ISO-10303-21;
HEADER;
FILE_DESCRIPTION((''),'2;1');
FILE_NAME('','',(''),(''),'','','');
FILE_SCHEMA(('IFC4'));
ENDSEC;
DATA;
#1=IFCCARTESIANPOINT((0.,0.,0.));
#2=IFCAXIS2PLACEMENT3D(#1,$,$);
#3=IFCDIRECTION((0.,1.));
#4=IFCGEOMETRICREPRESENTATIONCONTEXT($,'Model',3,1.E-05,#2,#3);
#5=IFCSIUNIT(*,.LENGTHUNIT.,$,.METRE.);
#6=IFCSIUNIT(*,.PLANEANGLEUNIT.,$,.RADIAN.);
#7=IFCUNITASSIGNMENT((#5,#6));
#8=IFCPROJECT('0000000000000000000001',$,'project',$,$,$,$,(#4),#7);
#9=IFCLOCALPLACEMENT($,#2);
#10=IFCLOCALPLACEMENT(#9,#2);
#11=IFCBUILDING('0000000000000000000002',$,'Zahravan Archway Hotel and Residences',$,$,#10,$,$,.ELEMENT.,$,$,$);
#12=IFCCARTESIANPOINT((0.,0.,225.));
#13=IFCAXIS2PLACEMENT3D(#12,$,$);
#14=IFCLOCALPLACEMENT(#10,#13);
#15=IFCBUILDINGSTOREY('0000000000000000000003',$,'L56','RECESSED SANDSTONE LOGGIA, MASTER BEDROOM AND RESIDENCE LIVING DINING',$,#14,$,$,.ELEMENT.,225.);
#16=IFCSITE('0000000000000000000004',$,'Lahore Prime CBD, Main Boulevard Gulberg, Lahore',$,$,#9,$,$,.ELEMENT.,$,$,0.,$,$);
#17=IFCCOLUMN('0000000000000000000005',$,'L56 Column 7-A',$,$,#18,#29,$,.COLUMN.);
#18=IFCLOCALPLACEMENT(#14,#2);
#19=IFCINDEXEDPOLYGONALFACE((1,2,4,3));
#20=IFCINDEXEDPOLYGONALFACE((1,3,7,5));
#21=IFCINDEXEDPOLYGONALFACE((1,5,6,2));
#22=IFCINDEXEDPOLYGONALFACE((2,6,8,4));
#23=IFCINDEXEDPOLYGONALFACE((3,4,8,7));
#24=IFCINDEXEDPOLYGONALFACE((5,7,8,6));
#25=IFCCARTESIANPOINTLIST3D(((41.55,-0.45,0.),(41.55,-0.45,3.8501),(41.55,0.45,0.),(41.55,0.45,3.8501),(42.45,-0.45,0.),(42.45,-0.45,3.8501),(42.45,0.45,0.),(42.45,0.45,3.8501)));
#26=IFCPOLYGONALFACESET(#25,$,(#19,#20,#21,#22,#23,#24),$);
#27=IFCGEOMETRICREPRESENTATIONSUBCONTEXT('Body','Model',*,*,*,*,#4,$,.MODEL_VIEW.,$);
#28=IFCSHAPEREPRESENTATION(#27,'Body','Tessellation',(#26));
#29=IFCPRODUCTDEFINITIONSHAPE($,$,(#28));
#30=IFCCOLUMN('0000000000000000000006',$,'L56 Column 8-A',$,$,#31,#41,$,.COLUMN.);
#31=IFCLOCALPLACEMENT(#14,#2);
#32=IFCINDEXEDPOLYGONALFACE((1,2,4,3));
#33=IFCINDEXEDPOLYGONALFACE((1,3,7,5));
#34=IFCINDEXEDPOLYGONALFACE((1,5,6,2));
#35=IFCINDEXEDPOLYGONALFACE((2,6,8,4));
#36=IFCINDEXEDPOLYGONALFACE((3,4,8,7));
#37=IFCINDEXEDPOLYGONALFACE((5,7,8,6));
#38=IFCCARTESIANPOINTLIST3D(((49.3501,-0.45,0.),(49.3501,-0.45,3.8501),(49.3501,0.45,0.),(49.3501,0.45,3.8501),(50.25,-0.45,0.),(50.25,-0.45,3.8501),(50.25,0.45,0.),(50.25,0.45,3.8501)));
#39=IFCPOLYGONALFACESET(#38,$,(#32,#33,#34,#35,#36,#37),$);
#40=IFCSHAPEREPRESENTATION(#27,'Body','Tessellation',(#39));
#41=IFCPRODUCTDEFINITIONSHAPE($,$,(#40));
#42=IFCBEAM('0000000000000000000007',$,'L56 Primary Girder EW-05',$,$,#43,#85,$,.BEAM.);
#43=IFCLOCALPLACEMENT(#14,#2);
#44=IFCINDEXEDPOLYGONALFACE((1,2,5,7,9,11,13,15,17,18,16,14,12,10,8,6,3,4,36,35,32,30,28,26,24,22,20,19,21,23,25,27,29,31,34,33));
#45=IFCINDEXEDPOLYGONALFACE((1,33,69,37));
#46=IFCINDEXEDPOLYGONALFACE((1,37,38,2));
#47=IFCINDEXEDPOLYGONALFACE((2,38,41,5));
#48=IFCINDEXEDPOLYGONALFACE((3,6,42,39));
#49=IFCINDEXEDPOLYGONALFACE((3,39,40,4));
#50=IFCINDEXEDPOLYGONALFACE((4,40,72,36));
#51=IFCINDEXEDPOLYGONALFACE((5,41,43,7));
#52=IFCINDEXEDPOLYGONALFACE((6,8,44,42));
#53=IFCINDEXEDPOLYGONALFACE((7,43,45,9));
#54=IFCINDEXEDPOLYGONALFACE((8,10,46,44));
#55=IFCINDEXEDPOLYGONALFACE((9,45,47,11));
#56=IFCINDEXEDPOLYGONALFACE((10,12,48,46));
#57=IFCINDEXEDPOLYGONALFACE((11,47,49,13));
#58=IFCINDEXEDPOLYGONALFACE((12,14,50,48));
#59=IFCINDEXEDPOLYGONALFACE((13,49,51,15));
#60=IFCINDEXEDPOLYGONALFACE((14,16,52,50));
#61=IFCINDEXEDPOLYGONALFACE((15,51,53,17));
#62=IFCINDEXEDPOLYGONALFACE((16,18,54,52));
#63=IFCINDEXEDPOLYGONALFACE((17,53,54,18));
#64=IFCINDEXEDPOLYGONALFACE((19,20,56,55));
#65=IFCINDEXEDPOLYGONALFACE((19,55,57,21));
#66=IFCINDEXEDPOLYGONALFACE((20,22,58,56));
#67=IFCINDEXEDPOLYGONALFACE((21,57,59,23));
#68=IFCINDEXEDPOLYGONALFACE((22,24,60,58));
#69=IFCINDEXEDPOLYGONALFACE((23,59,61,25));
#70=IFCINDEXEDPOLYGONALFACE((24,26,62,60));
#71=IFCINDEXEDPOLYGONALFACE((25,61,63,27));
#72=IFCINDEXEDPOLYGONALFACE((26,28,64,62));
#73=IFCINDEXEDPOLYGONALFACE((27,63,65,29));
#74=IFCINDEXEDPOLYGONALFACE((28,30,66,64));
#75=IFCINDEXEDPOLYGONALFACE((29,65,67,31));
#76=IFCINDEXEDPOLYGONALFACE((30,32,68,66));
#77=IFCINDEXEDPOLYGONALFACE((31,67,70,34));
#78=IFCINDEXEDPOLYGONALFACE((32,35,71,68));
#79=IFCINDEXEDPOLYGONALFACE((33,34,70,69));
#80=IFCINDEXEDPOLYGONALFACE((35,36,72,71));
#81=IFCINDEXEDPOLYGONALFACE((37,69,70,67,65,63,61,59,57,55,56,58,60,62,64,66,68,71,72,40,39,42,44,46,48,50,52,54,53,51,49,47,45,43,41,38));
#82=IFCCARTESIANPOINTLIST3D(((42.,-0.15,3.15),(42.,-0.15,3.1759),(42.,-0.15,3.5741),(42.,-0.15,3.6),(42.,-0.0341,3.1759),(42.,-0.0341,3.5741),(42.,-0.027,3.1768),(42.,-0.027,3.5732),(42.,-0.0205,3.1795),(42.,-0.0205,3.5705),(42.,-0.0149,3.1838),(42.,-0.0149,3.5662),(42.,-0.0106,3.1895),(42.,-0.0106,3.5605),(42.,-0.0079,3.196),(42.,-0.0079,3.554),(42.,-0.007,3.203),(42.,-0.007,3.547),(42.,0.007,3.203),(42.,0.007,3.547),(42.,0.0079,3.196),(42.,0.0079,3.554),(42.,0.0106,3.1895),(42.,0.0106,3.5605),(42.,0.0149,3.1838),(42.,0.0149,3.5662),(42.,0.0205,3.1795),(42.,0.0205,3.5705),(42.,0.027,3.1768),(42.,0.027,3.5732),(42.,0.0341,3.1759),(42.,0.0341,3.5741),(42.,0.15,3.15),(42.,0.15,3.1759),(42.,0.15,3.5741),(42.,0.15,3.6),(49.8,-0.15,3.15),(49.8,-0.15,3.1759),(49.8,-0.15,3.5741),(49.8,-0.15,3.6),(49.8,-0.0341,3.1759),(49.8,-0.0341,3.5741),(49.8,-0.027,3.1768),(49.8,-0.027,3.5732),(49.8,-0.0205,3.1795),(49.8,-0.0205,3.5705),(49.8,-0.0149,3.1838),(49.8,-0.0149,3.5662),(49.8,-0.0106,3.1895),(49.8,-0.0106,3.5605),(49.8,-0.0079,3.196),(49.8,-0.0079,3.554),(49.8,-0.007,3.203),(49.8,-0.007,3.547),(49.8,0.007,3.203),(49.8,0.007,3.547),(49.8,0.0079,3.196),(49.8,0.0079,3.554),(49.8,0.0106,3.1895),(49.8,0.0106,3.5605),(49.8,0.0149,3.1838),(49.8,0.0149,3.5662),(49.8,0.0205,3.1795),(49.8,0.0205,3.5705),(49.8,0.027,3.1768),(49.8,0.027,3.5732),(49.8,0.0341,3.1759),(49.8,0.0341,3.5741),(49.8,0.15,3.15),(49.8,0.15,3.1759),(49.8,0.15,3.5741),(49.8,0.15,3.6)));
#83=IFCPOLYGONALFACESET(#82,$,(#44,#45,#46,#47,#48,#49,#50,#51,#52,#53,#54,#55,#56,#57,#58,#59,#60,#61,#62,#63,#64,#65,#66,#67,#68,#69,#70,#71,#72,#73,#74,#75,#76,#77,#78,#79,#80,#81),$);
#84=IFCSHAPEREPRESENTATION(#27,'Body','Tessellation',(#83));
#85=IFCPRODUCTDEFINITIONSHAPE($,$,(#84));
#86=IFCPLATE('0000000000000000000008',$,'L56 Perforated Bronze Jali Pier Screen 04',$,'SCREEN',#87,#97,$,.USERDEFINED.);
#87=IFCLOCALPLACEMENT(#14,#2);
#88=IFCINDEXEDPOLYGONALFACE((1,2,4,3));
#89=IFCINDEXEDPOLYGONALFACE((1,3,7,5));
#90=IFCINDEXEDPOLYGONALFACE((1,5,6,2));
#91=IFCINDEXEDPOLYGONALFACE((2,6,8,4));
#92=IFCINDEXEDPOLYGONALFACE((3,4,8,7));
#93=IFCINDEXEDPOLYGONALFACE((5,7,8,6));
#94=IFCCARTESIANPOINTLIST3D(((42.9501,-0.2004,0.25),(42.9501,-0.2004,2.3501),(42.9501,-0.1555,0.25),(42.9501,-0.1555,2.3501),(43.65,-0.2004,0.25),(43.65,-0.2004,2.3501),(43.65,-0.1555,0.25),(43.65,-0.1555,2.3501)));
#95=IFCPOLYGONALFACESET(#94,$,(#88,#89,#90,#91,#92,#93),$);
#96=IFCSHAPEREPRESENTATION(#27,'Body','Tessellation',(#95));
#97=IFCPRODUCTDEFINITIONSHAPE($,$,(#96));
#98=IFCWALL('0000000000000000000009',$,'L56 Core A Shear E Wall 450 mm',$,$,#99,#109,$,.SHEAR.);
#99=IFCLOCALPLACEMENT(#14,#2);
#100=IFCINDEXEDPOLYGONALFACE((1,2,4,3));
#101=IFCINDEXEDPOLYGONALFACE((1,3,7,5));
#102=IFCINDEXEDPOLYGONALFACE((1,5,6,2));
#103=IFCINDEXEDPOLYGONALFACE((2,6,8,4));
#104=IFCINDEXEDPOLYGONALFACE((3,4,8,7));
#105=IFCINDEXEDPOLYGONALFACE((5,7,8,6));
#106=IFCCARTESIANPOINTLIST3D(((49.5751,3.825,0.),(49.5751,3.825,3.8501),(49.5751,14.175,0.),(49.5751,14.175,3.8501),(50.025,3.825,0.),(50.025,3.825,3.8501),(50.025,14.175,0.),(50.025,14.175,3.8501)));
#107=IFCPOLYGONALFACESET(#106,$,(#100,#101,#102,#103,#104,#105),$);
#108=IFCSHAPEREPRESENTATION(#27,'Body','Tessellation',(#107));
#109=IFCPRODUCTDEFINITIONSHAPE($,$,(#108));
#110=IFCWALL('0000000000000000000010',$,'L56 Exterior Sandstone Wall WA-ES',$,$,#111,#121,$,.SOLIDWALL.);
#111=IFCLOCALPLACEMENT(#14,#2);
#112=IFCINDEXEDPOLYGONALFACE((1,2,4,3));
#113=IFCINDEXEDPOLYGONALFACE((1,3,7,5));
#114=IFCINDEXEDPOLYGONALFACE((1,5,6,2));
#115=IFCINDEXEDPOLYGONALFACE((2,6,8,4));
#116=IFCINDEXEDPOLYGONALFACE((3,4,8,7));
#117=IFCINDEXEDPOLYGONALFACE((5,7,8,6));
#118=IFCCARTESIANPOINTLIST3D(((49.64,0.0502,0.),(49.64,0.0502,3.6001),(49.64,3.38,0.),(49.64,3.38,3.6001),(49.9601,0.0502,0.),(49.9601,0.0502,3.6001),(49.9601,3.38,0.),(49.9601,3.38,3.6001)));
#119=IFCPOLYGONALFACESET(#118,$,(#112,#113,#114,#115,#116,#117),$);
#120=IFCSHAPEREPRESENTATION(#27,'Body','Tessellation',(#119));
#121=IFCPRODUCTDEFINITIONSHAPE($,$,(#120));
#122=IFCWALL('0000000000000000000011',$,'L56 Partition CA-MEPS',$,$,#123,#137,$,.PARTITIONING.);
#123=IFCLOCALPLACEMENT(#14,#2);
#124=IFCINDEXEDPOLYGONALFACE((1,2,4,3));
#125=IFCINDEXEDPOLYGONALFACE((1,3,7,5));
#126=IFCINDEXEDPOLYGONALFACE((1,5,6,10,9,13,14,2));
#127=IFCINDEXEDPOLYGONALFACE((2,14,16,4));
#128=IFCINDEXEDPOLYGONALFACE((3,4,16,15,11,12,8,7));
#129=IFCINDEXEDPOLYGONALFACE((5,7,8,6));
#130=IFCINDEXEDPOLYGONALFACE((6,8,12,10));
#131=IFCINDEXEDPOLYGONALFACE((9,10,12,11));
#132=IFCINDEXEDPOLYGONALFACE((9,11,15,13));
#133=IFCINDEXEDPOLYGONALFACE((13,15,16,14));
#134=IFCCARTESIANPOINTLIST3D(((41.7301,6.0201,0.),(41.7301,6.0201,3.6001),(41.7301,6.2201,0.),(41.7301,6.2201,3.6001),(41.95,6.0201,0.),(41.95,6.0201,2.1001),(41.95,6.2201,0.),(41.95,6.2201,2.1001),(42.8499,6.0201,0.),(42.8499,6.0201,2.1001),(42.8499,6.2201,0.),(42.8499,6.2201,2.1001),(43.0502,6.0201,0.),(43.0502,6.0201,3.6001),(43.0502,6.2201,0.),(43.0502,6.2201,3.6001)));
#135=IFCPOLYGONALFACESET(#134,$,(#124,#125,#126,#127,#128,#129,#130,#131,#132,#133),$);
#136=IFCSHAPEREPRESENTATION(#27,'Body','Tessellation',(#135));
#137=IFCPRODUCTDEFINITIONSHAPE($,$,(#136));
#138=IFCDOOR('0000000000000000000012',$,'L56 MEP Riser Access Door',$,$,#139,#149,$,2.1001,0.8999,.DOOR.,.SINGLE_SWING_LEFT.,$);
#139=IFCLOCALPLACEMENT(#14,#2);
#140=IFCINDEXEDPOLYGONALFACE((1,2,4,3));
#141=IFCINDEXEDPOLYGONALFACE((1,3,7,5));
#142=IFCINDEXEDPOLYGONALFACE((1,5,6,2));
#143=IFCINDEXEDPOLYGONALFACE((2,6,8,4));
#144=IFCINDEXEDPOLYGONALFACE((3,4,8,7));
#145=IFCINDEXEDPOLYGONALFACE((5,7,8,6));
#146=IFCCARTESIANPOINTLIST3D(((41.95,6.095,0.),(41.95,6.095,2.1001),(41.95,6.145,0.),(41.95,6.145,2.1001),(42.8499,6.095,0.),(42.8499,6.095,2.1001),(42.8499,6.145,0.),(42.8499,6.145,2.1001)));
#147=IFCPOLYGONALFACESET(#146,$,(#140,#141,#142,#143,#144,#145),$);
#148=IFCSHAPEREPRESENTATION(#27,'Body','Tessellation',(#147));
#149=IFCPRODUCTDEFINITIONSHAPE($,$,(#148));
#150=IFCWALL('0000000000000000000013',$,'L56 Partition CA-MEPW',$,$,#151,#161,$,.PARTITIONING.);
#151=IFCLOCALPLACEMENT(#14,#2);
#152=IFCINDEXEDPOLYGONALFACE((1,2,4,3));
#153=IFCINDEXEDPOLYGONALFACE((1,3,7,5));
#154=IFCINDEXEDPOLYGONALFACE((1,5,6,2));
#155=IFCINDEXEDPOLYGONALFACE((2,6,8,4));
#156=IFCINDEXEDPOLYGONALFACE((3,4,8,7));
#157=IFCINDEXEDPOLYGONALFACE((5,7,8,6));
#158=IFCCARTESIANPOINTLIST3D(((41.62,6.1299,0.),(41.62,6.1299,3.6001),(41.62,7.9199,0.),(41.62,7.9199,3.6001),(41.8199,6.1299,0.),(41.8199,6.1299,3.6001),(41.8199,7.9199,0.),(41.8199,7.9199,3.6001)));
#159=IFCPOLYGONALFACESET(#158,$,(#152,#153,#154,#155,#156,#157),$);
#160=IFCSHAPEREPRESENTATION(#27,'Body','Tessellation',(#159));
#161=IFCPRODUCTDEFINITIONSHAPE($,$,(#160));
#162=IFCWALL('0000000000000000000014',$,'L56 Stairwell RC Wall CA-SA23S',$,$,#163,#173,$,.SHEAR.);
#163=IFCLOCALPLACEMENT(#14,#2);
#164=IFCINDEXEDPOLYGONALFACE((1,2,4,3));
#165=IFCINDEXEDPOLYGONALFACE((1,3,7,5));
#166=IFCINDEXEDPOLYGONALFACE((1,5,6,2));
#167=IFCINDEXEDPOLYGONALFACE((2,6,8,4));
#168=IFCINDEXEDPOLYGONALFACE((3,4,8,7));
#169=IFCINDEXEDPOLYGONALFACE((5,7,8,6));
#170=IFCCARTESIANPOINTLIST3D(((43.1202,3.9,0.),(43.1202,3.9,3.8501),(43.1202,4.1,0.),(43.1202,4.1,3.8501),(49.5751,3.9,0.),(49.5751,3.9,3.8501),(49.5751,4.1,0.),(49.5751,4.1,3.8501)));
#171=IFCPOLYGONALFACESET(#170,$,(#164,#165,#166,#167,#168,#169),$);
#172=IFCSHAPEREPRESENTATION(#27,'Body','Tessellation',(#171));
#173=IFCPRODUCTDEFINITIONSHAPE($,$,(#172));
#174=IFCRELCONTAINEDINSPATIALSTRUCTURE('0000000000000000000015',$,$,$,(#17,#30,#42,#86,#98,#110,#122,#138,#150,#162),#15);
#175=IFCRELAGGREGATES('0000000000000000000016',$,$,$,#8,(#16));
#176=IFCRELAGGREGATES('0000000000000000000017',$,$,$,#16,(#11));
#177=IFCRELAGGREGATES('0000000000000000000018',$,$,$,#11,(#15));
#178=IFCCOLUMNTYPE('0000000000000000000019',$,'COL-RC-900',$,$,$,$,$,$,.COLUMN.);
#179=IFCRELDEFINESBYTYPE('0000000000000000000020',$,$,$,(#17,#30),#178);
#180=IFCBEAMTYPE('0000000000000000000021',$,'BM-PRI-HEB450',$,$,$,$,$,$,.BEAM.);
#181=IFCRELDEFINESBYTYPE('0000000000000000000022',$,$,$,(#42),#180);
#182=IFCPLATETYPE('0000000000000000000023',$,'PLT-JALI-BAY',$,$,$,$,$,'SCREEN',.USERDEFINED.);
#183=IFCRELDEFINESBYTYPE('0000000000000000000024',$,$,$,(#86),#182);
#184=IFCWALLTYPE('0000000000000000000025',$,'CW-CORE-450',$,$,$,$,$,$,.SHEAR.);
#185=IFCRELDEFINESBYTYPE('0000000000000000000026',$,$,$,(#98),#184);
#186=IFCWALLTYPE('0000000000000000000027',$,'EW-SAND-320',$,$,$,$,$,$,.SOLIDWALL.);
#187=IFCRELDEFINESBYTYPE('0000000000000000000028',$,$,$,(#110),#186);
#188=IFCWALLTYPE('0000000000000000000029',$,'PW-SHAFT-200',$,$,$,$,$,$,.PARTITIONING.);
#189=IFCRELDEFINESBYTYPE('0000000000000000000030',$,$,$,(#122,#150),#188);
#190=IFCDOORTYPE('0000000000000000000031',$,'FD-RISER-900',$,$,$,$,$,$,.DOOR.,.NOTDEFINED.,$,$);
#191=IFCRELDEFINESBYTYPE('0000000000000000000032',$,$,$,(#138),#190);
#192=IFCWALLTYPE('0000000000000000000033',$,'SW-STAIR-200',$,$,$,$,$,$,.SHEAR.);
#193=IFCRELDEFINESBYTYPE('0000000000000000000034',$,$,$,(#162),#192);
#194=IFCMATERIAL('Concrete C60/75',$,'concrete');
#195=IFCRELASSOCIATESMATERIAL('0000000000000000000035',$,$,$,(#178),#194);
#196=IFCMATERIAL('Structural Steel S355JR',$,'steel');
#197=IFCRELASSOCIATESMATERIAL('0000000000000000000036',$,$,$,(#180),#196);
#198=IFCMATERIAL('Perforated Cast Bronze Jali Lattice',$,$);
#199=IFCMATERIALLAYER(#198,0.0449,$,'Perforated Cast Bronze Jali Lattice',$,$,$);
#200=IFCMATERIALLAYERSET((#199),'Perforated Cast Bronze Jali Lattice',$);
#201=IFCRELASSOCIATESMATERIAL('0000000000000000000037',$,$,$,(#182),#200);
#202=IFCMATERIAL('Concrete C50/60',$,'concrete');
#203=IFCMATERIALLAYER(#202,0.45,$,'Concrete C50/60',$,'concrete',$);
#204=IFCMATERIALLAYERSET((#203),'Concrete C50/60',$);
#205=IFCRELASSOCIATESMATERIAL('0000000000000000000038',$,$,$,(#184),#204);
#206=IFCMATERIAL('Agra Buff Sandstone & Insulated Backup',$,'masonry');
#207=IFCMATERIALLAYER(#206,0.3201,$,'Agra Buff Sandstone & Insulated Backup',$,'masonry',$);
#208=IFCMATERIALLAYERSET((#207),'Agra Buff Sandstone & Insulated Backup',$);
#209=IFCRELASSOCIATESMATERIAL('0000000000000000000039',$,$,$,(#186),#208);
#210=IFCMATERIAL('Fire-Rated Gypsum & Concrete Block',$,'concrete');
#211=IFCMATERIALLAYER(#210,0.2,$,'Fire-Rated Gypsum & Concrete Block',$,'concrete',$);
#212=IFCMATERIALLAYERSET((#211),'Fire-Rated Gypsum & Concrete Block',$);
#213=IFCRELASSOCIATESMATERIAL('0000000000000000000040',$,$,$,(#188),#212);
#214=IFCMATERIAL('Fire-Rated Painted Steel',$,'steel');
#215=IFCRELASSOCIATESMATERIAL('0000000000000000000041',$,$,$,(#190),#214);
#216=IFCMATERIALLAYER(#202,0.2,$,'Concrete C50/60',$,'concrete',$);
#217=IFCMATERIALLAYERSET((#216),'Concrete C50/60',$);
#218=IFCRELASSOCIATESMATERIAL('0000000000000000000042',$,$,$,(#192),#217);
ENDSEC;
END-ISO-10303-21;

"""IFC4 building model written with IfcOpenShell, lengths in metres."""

from ifc_helpers import new_model, si_unit, direction, frame, frame_2d, origin, origin_2d, place, context, subcontext, project, spatial, rectangle, i_section, extrude, source, transform, mapped, material, layer, layer_set, material_profile, profile_set, type_object, type_shapes, element, fill, save


model = new_model("IFC4")

# Units and contexts
model_context = context("Model", 3, precision=1e-05, world=origin(), true_north=direction((0.0, 1.0)))
body_context = subcontext(model_context, "Body", "Model", "MODEL_VIEW")
ifc_project = project(units=[si_unit("LENGTHUNIT", "METRE"), si_unit("PLANEANGLEUNIT", "RADIAN")], contexts=[model_context])

# Site, building, storey
site_placement = place(None, origin())
site = spatial("IfcSite", under=ifc_project, at=site_placement, Name="Lahore Prime CBD, Main Boulevard Gulberg, Lahore", CompositionType="ELEMENT", RefElevation=0.0)
building_placement = place(site_placement, origin())
building = spatial("IfcBuilding", under=site, at=building_placement, Name="Zahravan Archway Hotel and Residences", CompositionType="ELEMENT")
storey_placement = place(building_placement, frame((0.0, 0.0, 225.0)))
storey = spatial("IfcBuildingStorey", under=building, at=storey_placement, Name="L56", Description="RECESSED SANDSTONE LOGGIA, MASTER BEDROOM AND RESIDENCE LIVING DINING", CompositionType="ELEMENT", Elevation=225.0)

# Columns
ifc_material_1 = material(Name="Concrete C60/75", Category="concrete")
ifc_material_profile_1 = material_profile(ifc_material_1, rectangle(XDim=0.8999, YDim=0.8999, at=origin_2d()), Name="RC-COL-900x900", Category="concrete")
ifc_profile_set_1 = profile_set([ifc_material_profile_1], Name="Concrete C60/75")
column_type = type_object("IfcColumnType", Name="COL-RC-900", PredefinedType="COLUMN", material=ifc_profile_set_1)
shared_shape_1 = source(origin(), body_context, "Body", "SweptSolid", [
    extrude(rectangle(XDim=0.8999, YDim=0.8999, at=origin_2d()), origin(), (0.0, 0.0, 1.0), 3.8501),
])
type_shapes(column_type, [shared_shape_1])
for number, where, z_axis, x_axis, name in (
    (1, (42.0, 0.0, 0.0), (0.0, 0.0, 1.0), (1.0, 0.0, 0.0), "L56 Column 7-A"),
    (2, (49.8, 0.0, 0.0), (0.0, 0.0, 1.0), (1.0, 0.0, 0.0), "L56 Column 8-A"),
):
    element("IfcColumn", number, at=place(storey_placement, frame(where, z_axis=z_axis, x_axis=x_axis)), inside=storey, type_object=column_type, Name=name, PredefinedType="COLUMN", context=body_context, shape_type="MappedRepresentation", body=[
        mapped(shared_shape_1, transform((0.0, 0.0, 0.0), scale=1.0)),
    ])

# Beam
ifc_material_2 = material(Name="Structural Steel S355JR", Category="steel")
ifc_material_profile_2 = material_profile(ifc_material_2, i_section(OverallWidth=0.3, OverallDepth=0.45, WebThickness=0.0139, FlangeThickness=0.0259, FilletRadius=0.0271, at=origin_2d()), Name="HEB 450", Category="steel")
ifc_profile_set_2 = profile_set([ifc_material_profile_2], Name="Structural Steel S355JR")
beam_type = type_object("IfcBeamType", Name="BM-PRI-HEB450", PredefinedType="BEAM", material=ifc_profile_set_2)
shared_shape_2 = source(origin(), body_context, "Body", "SweptSolid", [
    extrude(i_section(OverallWidth=0.3, OverallDepth=0.45, WebThickness=0.0139, FlangeThickness=0.0259, FilletRadius=0.0271, at=origin_2d()), origin(), (0.0, 0.0, 1.0), 7.8),
])
beam_placement = place(storey_placement, frame((42.0, 0.0, 3.375), z_axis=(1.0, 0.0, 0.0), x_axis=(0.0, 1.0, 0.0)))
element("IfcBeam", 3, at=beam_placement, inside=storey, type_object=beam_type, Name="L56 Primary Girder EW-05", PredefinedType="BEAM", context=body_context, shape_type="MappedRepresentation", body=[
    mapped(shared_shape_2, transform((0.0, 0.0, 0.0), scale=1.0)),
])

# Plate
ifc_material_3 = material(Name="Perforated Cast Bronze Jali Lattice")
ifc_layer_1 = layer(ifc_material_3, 0.0449, Name="Perforated Cast Bronze Jali Lattice")
ifc_layer_set_1 = layer_set([ifc_layer_1], Name="Perforated Cast Bronze Jali Lattice")
plate_type = type_object("IfcPlateType", Name="PLT-JALI-BAY", ElementType="SCREEN", PredefinedType="USERDEFINED", material=ifc_layer_set_1)
shared_shape_3 = source(origin(), body_context, "Body", "SweptSolid", [
    extrude(rectangle(XDim=0.7, YDim=0.0449, at=origin_2d()), origin(), (0.0, 0.0, 1.0), 2.1001),
])
type_shapes(plate_type, [shared_shape_3])
plate_placement = place(storey_placement, frame((43.3, -0.178, 0.25), z_axis=(0.0, 0.0, 1.0), x_axis=(1.0, 0.0, 0.0)))
element("IfcPlate", 4, at=plate_placement, inside=storey, type_object=plate_type, Name="L56 Perforated Bronze Jali Pier Screen 04", ObjectType="SCREEN", PredefinedType="USERDEFINED", context=body_context, shape_type="MappedRepresentation", body=[
    mapped(shared_shape_3, transform((0.0, 0.0, 0.0), scale=1.0)),
])

# Walls
ifc_material_4 = material(Name="Concrete C50/60", Category="concrete")
ifc_layer_2 = layer(ifc_material_4, 0.45, Name="Concrete C50/60", Category="concrete")
ifc_layer_set_2 = layer_set([ifc_layer_2], Name="Concrete C50/60")
wall_type_1 = type_object("IfcWallType", Name="CW-CORE-450", PredefinedType="SHEAR", material=ifc_layer_set_2)
wall_1_placement = place(storey_placement, frame((49.8, 3.825, 0.0), z_axis=(0.0, 0.0, 1.0), x_axis=(0.0, 1.0, 0.0)))
element("IfcWall", 5, at=wall_1_placement, inside=storey, type_object=wall_type_1, Name="L56 Core A Shear E Wall 450 mm", PredefinedType="SHEAR", context=body_context, shape_type="SweptSolid", body=[
    extrude(rectangle(XDim=10.3501, YDim=0.45, at=frame_2d((5.175, 0.0))), origin(), (0.0, 0.0, 1.0), 3.8501),
])
ifc_material_5 = material(Name="Agra Buff Sandstone & Insulated Backup", Category="masonry")
ifc_layer_3 = layer(ifc_material_5, 0.3201, Name="Agra Buff Sandstone & Insulated Backup", Category="masonry")
ifc_layer_set_3 = layer_set([ifc_layer_3], Name="Agra Buff Sandstone & Insulated Backup")
wall_type_2 = type_object("IfcWallType", Name="EW-SAND-320", PredefinedType="SOLIDWALL", material=ifc_layer_set_3)
wall_2_placement = place(storey_placement, frame((49.8, 0.05, 0.0), z_axis=(0.0, 0.0, 1.0), x_axis=(0.0, 1.0, 0.0)))
element("IfcWall", 6, at=wall_2_placement, inside=storey, type_object=wall_type_2, Name="L56 Exterior Sandstone Wall WA-ES", PredefinedType="SOLIDWALL", context=body_context, shape_type="SweptSolid", body=[
    extrude(rectangle(XDim=3.3298, YDim=0.3201, at=frame_2d((1.665, 0.0))), origin(), (0.0, 0.0, 1.0), 3.6001),
])

# Wall, opening, door
ifc_material_6 = material(Name="Fire-Rated Gypsum & Concrete Block", Category="concrete")
ifc_layer_4 = layer(ifc_material_6, 0.2, Name="Fire-Rated Gypsum & Concrete Block", Category="concrete")
ifc_layer_set_4 = layer_set([ifc_layer_4], Name="Fire-Rated Gypsum & Concrete Block")
wall_type_3 = type_object("IfcWallType", Name="PW-SHAFT-200", PredefinedType="PARTITIONING", material=ifc_layer_set_4)
wall_3_placement = place(storey_placement, frame((41.73, 6.1201, 0.0), z_axis=(0.0, 0.0, 1.0), x_axis=(1.0, 0.0, 0.0)))
wall_3 = element("IfcWall", 7, at=wall_3_placement, inside=storey, type_object=wall_type_3, Name="L56 Partition CA-MEPS", PredefinedType="PARTITIONING", context=body_context, shape_type="SweptSolid", body=[
    extrude(rectangle(XDim=1.3201, YDim=0.2, at=frame_2d((0.6602, 0.0))), origin(), (0.0, 0.0, 1.0), 3.6001),
])
opening_placement = place(wall_3_placement, frame((0.22, 0.0, 0.0)))
opening = element("IfcOpeningElement", 8, at=opening_placement, cuts=wall_3, PredefinedType="OPENING", context=body_context, shape_type="SweptSolid", body=[
    extrude(rectangle(XDim=0.8999, YDim=2.1001, at=frame_2d((0.45, 1.05))), frame((0.0, 0.1099, 0.0), z_axis=(0.0, -1.0, 0.0), x_axis=(1.0, 0.0, 0.0)), (0.0, 0.0, 1.0), 0.22),
])
ifc_material_7 = material(Name="Fire-Rated Painted Steel", Category="steel")
door_type = type_object("IfcDoorType", Name="FD-RISER-900", OperationType="NOTDEFINED", PredefinedType="DOOR", material=ifc_material_7)
shared_shape_4 = source(origin(), body_context, "Body", "SweptSolid", [
    extrude(rectangle(XDim=0.8999, YDim=2.1001, at=frame_2d((0.45, 1.05))), frame((0.0, 0.0249, 0.0), z_axis=(0.0, -1.0, 0.0), x_axis=(1.0, 0.0, 0.0)), (0.0, 0.0, 1.0), 0.05),
])
type_shapes(door_type, [shared_shape_4])
door_placement = place(opening_placement, origin())
door = element("IfcDoor", 9, at=door_placement, inside=storey, type_object=door_type, Name="L56 MEP Riser Access Door", OperationType="SINGLE_SWING_LEFT", OverallHeight=2.1001, OverallWidth=0.8999, PredefinedType="DOOR", context=body_context, shape_type="MappedRepresentation", body=[
    mapped(shared_shape_4, transform((0.0, 0.0, 0.0), scale=1.0)),
])
fill(opening, door)

# Walls
wall_4_placement = place(storey_placement, frame((41.72, 6.1299, 0.0), z_axis=(0.0, 0.0, 1.0), x_axis=(0.0, 1.0, 0.0)))
element("IfcWall", 10, at=wall_4_placement, inside=storey, type_object=wall_type_3, Name="L56 Partition CA-MEPW", PredefinedType="PARTITIONING", context=body_context, shape_type="SweptSolid", body=[
    extrude(rectangle(XDim=1.79, YDim=0.2, at=frame_2d((0.895, 0.0))), origin(), (0.0, 0.0, 1.0), 3.6001),
])
ifc_layer_5 = layer(ifc_material_4, 0.2, Name="Concrete C50/60", Category="concrete")
ifc_layer_set_5 = layer_set([ifc_layer_5], Name="Concrete C50/60")
wall_type_4 = type_object("IfcWallType", Name="SW-STAIR-200", PredefinedType="SHEAR", material=ifc_layer_set_5)
wall_5_placement = place(storey_placement, frame((43.1201, 4.0, 0.0), z_axis=(0.0, 0.0, 1.0), x_axis=(1.0, 0.0, 0.0)))
element("IfcWall", 11, at=wall_5_placement, inside=storey, type_object=wall_type_4, Name="L56 Stairwell RC Wall CA-SA23S", PredefinedType="SHEAR", context=body_context, shape_type="SweptSolid", body=[
    extrude(rectangle(XDim=6.4548, YDim=0.2, at=frame_2d((3.2275, 0.0))), origin(), (0.0, 0.0, 1.0), 3.8501),
])

save(model, "model.ifc")
